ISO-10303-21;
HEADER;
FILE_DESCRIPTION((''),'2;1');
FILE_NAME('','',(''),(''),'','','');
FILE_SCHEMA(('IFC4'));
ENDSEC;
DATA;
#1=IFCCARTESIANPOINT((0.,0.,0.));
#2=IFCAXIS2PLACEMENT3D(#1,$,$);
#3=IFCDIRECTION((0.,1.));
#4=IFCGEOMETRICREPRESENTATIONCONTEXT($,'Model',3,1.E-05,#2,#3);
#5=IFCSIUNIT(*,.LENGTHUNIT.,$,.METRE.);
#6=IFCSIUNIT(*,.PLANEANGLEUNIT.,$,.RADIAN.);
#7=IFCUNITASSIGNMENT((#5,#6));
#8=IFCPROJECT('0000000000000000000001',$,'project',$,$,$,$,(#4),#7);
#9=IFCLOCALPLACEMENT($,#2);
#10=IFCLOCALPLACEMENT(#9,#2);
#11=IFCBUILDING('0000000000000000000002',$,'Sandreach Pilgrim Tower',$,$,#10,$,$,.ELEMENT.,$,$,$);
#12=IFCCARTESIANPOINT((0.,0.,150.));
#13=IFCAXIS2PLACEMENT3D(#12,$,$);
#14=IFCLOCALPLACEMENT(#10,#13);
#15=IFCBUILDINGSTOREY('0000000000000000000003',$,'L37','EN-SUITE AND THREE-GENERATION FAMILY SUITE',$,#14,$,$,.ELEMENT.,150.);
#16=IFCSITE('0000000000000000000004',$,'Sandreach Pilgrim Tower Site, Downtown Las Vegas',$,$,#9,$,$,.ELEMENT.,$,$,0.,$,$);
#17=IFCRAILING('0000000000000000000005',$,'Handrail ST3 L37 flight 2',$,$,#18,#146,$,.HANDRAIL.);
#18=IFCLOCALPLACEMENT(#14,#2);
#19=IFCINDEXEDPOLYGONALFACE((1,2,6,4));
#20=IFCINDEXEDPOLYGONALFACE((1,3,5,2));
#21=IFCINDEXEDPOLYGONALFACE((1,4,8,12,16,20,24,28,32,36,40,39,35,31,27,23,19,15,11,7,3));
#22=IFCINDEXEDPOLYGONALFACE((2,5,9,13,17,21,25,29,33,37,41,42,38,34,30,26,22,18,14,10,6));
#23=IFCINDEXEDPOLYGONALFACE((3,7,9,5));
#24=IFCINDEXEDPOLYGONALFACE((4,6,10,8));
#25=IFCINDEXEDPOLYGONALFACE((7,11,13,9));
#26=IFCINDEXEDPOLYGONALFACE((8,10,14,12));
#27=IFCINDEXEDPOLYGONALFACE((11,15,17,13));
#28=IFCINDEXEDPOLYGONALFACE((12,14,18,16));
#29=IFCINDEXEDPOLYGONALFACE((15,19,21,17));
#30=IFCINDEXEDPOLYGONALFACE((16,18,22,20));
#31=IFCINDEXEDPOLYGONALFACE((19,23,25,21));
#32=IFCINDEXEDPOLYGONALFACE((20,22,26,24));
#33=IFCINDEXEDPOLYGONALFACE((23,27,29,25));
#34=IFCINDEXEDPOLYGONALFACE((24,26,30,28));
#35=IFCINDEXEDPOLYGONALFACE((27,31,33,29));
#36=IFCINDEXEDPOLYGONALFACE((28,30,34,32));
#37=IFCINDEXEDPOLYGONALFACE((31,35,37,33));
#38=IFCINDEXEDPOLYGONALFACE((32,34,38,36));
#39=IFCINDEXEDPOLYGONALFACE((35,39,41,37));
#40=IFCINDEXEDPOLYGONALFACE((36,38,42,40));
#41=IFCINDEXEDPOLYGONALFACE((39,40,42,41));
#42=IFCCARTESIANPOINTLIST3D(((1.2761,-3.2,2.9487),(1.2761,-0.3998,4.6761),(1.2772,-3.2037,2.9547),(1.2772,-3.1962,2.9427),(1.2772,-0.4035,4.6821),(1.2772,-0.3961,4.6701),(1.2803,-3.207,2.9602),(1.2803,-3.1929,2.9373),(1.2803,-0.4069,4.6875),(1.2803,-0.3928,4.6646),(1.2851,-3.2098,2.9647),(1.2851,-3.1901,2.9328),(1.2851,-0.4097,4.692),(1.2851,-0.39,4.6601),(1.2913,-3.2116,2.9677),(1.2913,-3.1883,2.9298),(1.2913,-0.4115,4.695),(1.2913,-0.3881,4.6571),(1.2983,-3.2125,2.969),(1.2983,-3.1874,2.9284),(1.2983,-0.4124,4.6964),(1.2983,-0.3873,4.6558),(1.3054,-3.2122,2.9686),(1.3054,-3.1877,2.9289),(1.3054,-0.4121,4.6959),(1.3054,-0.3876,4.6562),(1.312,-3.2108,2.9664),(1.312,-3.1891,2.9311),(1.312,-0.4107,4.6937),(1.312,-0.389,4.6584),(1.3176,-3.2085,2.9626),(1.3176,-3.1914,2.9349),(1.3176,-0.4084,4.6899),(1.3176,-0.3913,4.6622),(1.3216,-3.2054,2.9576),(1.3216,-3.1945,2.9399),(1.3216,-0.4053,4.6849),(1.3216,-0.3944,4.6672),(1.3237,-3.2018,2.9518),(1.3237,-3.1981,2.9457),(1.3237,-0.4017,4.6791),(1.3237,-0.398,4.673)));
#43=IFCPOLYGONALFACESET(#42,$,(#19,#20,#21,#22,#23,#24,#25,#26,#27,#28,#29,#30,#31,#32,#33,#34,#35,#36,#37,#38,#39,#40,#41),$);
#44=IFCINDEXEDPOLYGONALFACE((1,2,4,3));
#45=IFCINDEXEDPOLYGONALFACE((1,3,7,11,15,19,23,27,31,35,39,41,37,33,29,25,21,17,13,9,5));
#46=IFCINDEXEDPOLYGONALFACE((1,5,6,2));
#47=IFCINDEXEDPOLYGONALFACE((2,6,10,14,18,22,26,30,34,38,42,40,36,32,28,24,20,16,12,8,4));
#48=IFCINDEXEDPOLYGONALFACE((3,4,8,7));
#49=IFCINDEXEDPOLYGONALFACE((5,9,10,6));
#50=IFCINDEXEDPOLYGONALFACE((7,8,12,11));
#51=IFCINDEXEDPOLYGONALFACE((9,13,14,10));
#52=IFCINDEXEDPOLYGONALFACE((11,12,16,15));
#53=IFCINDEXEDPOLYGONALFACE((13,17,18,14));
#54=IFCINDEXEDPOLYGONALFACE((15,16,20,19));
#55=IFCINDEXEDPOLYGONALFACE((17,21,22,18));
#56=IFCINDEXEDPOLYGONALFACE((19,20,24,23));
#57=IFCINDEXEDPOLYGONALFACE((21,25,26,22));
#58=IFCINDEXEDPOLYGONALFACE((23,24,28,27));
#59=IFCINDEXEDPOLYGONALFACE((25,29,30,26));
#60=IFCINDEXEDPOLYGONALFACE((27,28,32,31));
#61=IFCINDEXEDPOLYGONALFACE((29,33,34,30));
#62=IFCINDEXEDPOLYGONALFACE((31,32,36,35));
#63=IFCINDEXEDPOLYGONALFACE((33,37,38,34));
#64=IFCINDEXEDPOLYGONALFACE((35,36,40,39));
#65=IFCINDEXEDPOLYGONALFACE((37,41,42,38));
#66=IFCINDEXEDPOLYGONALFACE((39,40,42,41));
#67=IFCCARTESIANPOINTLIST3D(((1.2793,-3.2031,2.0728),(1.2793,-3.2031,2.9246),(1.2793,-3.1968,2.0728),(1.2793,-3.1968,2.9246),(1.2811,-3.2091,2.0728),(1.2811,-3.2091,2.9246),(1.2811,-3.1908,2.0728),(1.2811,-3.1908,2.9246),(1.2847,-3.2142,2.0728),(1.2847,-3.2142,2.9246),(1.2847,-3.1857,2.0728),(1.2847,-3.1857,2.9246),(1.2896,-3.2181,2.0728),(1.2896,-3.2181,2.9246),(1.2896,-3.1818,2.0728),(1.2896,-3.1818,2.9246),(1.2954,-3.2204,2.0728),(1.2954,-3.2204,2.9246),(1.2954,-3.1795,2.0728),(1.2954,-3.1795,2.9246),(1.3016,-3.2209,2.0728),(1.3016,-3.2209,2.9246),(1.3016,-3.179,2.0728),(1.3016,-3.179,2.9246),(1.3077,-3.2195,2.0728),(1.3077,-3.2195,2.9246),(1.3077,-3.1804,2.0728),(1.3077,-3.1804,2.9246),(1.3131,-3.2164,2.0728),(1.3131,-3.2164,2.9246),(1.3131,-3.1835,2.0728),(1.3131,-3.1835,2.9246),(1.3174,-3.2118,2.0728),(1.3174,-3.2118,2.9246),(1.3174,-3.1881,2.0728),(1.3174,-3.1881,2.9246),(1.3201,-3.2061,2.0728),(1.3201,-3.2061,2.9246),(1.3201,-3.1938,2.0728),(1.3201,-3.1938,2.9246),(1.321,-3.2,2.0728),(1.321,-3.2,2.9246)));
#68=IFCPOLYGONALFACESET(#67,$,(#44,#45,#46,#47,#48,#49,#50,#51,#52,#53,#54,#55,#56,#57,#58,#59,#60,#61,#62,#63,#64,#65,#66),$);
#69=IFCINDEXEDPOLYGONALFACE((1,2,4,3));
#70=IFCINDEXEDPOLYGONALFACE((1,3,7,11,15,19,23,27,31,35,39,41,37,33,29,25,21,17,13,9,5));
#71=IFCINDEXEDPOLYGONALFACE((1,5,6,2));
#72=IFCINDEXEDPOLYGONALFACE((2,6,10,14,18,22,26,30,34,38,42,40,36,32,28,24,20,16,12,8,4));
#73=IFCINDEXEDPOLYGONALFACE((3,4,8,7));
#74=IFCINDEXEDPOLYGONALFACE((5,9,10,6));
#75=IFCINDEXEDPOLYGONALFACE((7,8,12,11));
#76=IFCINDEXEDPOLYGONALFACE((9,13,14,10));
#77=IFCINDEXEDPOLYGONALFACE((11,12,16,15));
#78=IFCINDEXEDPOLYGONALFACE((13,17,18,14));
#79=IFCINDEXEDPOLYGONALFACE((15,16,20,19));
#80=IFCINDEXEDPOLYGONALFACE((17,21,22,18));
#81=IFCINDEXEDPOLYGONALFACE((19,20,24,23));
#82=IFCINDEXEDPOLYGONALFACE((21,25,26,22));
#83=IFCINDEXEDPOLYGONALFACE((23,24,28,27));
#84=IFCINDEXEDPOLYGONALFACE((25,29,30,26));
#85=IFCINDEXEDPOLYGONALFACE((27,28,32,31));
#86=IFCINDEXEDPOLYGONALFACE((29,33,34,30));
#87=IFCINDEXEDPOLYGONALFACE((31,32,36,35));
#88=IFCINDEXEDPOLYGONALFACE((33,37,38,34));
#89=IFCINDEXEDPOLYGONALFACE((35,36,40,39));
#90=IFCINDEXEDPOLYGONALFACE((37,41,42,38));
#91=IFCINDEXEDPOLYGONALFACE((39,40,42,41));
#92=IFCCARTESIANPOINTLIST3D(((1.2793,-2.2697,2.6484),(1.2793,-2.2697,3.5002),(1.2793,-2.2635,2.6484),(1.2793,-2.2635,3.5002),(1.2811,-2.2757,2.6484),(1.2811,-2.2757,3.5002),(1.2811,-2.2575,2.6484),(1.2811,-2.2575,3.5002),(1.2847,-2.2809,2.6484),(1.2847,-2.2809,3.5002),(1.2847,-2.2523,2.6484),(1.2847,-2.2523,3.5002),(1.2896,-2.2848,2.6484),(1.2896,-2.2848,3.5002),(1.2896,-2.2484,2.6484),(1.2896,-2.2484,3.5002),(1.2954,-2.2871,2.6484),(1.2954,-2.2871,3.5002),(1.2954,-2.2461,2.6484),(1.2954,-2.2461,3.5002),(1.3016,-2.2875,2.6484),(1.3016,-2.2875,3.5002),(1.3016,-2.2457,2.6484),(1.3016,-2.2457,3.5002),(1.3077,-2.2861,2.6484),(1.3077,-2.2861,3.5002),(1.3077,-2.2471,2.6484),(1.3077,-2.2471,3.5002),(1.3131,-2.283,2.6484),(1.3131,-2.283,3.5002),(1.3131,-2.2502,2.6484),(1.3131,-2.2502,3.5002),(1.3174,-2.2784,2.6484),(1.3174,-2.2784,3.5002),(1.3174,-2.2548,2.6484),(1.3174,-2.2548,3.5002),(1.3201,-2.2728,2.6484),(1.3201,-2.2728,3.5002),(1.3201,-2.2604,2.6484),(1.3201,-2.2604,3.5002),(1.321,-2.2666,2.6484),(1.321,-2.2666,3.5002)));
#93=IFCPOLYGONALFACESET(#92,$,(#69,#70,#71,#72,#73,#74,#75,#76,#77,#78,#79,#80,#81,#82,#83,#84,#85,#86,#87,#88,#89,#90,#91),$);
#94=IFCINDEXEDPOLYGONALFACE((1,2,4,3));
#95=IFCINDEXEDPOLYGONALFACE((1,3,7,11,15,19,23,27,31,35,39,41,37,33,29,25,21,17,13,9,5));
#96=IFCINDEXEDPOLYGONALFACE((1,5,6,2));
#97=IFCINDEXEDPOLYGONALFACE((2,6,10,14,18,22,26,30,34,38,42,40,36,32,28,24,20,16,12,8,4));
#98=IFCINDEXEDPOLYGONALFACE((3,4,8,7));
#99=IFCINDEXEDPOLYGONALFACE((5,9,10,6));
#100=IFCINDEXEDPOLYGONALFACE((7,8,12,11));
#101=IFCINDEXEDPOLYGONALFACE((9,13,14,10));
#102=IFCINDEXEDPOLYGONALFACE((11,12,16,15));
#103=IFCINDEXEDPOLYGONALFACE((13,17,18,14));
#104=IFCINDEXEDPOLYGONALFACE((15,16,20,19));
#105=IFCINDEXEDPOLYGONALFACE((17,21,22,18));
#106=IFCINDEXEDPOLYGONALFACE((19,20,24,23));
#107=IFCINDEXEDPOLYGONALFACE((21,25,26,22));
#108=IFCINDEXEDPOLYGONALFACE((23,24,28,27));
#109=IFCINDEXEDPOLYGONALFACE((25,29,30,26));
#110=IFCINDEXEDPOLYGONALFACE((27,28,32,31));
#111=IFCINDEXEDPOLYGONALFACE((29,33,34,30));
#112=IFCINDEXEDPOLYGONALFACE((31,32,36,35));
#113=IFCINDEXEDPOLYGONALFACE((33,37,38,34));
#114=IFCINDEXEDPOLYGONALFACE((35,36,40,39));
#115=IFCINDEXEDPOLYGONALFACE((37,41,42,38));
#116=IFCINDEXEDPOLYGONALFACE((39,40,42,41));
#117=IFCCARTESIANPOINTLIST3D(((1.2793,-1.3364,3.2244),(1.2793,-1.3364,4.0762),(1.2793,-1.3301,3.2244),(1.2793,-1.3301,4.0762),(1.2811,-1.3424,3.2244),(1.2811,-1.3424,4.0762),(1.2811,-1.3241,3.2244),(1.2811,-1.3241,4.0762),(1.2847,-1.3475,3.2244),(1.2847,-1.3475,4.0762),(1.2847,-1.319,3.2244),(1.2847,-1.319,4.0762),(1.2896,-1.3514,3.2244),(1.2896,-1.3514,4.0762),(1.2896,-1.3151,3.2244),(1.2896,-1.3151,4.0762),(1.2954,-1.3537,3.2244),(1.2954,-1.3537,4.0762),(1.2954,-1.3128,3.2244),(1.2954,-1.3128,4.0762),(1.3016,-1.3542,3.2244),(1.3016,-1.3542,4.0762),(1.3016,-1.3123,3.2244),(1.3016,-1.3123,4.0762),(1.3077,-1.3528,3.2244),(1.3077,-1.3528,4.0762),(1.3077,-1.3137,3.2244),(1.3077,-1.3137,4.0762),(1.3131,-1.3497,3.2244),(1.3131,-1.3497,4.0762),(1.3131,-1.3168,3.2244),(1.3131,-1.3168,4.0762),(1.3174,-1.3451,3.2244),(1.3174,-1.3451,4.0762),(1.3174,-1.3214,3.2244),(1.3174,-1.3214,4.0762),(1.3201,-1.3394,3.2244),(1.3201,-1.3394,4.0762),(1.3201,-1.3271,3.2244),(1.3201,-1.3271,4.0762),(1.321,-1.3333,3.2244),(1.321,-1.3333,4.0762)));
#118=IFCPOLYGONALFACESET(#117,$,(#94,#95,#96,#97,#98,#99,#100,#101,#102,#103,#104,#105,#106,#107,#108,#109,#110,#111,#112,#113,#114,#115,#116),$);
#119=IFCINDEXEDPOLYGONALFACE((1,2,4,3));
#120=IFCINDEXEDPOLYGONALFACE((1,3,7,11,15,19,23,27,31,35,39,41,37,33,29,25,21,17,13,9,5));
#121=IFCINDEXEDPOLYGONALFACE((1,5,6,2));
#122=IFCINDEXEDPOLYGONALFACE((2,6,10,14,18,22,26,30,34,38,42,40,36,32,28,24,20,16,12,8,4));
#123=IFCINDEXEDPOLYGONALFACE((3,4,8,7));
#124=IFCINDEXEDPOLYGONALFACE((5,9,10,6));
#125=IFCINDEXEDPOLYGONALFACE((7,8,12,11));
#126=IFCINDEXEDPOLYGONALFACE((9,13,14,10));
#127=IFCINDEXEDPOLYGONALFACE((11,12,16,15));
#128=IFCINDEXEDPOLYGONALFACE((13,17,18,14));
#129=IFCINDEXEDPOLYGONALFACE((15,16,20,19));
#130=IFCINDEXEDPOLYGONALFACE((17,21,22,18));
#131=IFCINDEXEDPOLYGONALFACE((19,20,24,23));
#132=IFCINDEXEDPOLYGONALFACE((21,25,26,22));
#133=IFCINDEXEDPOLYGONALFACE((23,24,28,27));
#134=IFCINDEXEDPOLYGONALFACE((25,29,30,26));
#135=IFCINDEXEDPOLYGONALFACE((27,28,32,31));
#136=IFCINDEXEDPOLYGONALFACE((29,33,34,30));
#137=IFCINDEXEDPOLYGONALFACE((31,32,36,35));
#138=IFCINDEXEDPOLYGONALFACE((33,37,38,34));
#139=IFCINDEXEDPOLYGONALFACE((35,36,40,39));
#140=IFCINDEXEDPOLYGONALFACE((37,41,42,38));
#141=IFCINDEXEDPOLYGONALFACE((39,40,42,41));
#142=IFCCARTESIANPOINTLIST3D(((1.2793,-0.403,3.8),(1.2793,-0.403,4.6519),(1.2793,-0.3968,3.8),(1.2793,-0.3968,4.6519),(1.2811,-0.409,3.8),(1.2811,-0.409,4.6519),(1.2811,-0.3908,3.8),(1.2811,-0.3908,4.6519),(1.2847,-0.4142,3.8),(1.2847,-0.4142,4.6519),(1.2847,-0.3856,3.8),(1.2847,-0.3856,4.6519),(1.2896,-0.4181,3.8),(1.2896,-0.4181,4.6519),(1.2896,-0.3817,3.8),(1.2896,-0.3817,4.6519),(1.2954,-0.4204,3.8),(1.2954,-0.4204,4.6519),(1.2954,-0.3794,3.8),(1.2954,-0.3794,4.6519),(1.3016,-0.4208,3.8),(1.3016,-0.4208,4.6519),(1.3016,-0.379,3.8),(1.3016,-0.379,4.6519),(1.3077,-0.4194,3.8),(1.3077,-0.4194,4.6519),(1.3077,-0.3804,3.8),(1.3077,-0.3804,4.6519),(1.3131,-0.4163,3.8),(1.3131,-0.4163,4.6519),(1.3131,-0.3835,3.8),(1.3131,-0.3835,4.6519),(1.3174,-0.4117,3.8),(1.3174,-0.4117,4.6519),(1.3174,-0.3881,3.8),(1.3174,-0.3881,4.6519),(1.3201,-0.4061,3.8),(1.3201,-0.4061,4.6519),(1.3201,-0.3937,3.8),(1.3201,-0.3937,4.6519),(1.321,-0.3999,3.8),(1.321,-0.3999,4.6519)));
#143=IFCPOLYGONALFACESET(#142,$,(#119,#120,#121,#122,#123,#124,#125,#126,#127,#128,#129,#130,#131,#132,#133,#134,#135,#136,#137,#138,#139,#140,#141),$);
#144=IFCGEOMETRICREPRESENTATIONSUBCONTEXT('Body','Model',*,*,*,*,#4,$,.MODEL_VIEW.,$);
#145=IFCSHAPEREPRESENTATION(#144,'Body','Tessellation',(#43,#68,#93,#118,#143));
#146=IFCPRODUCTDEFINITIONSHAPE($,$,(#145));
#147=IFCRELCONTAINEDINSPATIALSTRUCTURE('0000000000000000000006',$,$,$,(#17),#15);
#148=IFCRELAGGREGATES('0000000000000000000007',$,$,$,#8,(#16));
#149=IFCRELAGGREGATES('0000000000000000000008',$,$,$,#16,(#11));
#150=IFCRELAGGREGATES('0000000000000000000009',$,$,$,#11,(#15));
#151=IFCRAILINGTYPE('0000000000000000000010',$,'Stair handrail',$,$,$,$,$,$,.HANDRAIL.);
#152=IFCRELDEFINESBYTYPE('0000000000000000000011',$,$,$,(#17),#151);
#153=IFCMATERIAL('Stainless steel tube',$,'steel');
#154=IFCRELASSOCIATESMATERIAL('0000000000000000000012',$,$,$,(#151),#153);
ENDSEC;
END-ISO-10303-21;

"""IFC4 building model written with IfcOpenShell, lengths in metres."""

from ifc_helpers import new_model, si_unit, direction, frame, origin, origin_2d, place, context, subcontext, project, spatial, circle, extrude, material, type_object, element, save


model = new_model("IFC4")

# Units and contexts
model_context = context("Model", 3, precision=1e-05, world=origin(), true_north=direction((0.0, 1.0)))
body_context = subcontext(model_context, "Body", "Model", "MODEL_VIEW")
ifc_project = project(units=[si_unit("LENGTHUNIT", "METRE"), si_unit("PLANEANGLEUNIT", "RADIAN")], contexts=[model_context])

# Site, building, storey
site_placement = place(None, origin())
site = spatial("IfcSite", under=ifc_project, at=site_placement, Name="Sandreach Pilgrim Tower Site, Downtown Las Vegas", CompositionType="ELEMENT", RefElevation=0.0)
building_placement = place(site_placement, origin())
building = spatial("IfcBuilding", under=site, at=building_placement, Name="Sandreach Pilgrim Tower", CompositionType="ELEMENT")
storey_placement = place(building_placement, frame((0.0, 0.0, 150.0)))
storey = spatial("IfcBuildingStorey", under=building, at=storey_placement, Name="L37", Description="EN-SUITE AND THREE-GENERATION FAMILY SUITE", CompositionType="ELEMENT", Elevation=150.0)

# Railing
ifc_material_1 = material(Name="Stainless steel tube", Category="steel")
railing_type = type_object("IfcRailingType", Name="Stair handrail", PredefinedType="HANDRAIL", material=ifc_material_1)
for number, where, name in (
    (1, (1.3, -3.2, 2.0728), "Handrail ST3 L37 flight 2"),
):
    element("IfcRailing", number, at=place(storey_placement, frame(where)), inside=storey, type_object=railing_type, Name=name, PredefinedType="HANDRAIL", context=body_context, shape_type="SweptSolid", body=[
        extrude(circle(Radius=0.0239, at=origin_2d()), frame((0.0, 0.0, 0.876), z_axis=(0.0, 0.85109, 0.52502), x_axis=(-1.0, 0.0, 0.0)), (0.0, 0.0, 1.0), 3.29),
        extrude(circle(Radius=0.021, at=origin_2d()), origin(), (0.0, 0.0, 1.0), 0.8518),
        extrude(circle(Radius=0.021, at=origin_2d()), frame((0.0, 0.9333, 0.5757)), (0.0, 0.0, 1.0), 0.8518),
        extrude(circle(Radius=0.021, at=origin_2d()), frame((0.0, 1.8667, 1.1516)), (0.0, 0.0, 1.0), 0.8518),
        extrude(circle(Radius=0.021, at=origin_2d()), frame((0.0, 2.8, 1.7273)), (0.0, 0.0, 1.0), 0.8518),
    ])

save(model, "model.ifc")
